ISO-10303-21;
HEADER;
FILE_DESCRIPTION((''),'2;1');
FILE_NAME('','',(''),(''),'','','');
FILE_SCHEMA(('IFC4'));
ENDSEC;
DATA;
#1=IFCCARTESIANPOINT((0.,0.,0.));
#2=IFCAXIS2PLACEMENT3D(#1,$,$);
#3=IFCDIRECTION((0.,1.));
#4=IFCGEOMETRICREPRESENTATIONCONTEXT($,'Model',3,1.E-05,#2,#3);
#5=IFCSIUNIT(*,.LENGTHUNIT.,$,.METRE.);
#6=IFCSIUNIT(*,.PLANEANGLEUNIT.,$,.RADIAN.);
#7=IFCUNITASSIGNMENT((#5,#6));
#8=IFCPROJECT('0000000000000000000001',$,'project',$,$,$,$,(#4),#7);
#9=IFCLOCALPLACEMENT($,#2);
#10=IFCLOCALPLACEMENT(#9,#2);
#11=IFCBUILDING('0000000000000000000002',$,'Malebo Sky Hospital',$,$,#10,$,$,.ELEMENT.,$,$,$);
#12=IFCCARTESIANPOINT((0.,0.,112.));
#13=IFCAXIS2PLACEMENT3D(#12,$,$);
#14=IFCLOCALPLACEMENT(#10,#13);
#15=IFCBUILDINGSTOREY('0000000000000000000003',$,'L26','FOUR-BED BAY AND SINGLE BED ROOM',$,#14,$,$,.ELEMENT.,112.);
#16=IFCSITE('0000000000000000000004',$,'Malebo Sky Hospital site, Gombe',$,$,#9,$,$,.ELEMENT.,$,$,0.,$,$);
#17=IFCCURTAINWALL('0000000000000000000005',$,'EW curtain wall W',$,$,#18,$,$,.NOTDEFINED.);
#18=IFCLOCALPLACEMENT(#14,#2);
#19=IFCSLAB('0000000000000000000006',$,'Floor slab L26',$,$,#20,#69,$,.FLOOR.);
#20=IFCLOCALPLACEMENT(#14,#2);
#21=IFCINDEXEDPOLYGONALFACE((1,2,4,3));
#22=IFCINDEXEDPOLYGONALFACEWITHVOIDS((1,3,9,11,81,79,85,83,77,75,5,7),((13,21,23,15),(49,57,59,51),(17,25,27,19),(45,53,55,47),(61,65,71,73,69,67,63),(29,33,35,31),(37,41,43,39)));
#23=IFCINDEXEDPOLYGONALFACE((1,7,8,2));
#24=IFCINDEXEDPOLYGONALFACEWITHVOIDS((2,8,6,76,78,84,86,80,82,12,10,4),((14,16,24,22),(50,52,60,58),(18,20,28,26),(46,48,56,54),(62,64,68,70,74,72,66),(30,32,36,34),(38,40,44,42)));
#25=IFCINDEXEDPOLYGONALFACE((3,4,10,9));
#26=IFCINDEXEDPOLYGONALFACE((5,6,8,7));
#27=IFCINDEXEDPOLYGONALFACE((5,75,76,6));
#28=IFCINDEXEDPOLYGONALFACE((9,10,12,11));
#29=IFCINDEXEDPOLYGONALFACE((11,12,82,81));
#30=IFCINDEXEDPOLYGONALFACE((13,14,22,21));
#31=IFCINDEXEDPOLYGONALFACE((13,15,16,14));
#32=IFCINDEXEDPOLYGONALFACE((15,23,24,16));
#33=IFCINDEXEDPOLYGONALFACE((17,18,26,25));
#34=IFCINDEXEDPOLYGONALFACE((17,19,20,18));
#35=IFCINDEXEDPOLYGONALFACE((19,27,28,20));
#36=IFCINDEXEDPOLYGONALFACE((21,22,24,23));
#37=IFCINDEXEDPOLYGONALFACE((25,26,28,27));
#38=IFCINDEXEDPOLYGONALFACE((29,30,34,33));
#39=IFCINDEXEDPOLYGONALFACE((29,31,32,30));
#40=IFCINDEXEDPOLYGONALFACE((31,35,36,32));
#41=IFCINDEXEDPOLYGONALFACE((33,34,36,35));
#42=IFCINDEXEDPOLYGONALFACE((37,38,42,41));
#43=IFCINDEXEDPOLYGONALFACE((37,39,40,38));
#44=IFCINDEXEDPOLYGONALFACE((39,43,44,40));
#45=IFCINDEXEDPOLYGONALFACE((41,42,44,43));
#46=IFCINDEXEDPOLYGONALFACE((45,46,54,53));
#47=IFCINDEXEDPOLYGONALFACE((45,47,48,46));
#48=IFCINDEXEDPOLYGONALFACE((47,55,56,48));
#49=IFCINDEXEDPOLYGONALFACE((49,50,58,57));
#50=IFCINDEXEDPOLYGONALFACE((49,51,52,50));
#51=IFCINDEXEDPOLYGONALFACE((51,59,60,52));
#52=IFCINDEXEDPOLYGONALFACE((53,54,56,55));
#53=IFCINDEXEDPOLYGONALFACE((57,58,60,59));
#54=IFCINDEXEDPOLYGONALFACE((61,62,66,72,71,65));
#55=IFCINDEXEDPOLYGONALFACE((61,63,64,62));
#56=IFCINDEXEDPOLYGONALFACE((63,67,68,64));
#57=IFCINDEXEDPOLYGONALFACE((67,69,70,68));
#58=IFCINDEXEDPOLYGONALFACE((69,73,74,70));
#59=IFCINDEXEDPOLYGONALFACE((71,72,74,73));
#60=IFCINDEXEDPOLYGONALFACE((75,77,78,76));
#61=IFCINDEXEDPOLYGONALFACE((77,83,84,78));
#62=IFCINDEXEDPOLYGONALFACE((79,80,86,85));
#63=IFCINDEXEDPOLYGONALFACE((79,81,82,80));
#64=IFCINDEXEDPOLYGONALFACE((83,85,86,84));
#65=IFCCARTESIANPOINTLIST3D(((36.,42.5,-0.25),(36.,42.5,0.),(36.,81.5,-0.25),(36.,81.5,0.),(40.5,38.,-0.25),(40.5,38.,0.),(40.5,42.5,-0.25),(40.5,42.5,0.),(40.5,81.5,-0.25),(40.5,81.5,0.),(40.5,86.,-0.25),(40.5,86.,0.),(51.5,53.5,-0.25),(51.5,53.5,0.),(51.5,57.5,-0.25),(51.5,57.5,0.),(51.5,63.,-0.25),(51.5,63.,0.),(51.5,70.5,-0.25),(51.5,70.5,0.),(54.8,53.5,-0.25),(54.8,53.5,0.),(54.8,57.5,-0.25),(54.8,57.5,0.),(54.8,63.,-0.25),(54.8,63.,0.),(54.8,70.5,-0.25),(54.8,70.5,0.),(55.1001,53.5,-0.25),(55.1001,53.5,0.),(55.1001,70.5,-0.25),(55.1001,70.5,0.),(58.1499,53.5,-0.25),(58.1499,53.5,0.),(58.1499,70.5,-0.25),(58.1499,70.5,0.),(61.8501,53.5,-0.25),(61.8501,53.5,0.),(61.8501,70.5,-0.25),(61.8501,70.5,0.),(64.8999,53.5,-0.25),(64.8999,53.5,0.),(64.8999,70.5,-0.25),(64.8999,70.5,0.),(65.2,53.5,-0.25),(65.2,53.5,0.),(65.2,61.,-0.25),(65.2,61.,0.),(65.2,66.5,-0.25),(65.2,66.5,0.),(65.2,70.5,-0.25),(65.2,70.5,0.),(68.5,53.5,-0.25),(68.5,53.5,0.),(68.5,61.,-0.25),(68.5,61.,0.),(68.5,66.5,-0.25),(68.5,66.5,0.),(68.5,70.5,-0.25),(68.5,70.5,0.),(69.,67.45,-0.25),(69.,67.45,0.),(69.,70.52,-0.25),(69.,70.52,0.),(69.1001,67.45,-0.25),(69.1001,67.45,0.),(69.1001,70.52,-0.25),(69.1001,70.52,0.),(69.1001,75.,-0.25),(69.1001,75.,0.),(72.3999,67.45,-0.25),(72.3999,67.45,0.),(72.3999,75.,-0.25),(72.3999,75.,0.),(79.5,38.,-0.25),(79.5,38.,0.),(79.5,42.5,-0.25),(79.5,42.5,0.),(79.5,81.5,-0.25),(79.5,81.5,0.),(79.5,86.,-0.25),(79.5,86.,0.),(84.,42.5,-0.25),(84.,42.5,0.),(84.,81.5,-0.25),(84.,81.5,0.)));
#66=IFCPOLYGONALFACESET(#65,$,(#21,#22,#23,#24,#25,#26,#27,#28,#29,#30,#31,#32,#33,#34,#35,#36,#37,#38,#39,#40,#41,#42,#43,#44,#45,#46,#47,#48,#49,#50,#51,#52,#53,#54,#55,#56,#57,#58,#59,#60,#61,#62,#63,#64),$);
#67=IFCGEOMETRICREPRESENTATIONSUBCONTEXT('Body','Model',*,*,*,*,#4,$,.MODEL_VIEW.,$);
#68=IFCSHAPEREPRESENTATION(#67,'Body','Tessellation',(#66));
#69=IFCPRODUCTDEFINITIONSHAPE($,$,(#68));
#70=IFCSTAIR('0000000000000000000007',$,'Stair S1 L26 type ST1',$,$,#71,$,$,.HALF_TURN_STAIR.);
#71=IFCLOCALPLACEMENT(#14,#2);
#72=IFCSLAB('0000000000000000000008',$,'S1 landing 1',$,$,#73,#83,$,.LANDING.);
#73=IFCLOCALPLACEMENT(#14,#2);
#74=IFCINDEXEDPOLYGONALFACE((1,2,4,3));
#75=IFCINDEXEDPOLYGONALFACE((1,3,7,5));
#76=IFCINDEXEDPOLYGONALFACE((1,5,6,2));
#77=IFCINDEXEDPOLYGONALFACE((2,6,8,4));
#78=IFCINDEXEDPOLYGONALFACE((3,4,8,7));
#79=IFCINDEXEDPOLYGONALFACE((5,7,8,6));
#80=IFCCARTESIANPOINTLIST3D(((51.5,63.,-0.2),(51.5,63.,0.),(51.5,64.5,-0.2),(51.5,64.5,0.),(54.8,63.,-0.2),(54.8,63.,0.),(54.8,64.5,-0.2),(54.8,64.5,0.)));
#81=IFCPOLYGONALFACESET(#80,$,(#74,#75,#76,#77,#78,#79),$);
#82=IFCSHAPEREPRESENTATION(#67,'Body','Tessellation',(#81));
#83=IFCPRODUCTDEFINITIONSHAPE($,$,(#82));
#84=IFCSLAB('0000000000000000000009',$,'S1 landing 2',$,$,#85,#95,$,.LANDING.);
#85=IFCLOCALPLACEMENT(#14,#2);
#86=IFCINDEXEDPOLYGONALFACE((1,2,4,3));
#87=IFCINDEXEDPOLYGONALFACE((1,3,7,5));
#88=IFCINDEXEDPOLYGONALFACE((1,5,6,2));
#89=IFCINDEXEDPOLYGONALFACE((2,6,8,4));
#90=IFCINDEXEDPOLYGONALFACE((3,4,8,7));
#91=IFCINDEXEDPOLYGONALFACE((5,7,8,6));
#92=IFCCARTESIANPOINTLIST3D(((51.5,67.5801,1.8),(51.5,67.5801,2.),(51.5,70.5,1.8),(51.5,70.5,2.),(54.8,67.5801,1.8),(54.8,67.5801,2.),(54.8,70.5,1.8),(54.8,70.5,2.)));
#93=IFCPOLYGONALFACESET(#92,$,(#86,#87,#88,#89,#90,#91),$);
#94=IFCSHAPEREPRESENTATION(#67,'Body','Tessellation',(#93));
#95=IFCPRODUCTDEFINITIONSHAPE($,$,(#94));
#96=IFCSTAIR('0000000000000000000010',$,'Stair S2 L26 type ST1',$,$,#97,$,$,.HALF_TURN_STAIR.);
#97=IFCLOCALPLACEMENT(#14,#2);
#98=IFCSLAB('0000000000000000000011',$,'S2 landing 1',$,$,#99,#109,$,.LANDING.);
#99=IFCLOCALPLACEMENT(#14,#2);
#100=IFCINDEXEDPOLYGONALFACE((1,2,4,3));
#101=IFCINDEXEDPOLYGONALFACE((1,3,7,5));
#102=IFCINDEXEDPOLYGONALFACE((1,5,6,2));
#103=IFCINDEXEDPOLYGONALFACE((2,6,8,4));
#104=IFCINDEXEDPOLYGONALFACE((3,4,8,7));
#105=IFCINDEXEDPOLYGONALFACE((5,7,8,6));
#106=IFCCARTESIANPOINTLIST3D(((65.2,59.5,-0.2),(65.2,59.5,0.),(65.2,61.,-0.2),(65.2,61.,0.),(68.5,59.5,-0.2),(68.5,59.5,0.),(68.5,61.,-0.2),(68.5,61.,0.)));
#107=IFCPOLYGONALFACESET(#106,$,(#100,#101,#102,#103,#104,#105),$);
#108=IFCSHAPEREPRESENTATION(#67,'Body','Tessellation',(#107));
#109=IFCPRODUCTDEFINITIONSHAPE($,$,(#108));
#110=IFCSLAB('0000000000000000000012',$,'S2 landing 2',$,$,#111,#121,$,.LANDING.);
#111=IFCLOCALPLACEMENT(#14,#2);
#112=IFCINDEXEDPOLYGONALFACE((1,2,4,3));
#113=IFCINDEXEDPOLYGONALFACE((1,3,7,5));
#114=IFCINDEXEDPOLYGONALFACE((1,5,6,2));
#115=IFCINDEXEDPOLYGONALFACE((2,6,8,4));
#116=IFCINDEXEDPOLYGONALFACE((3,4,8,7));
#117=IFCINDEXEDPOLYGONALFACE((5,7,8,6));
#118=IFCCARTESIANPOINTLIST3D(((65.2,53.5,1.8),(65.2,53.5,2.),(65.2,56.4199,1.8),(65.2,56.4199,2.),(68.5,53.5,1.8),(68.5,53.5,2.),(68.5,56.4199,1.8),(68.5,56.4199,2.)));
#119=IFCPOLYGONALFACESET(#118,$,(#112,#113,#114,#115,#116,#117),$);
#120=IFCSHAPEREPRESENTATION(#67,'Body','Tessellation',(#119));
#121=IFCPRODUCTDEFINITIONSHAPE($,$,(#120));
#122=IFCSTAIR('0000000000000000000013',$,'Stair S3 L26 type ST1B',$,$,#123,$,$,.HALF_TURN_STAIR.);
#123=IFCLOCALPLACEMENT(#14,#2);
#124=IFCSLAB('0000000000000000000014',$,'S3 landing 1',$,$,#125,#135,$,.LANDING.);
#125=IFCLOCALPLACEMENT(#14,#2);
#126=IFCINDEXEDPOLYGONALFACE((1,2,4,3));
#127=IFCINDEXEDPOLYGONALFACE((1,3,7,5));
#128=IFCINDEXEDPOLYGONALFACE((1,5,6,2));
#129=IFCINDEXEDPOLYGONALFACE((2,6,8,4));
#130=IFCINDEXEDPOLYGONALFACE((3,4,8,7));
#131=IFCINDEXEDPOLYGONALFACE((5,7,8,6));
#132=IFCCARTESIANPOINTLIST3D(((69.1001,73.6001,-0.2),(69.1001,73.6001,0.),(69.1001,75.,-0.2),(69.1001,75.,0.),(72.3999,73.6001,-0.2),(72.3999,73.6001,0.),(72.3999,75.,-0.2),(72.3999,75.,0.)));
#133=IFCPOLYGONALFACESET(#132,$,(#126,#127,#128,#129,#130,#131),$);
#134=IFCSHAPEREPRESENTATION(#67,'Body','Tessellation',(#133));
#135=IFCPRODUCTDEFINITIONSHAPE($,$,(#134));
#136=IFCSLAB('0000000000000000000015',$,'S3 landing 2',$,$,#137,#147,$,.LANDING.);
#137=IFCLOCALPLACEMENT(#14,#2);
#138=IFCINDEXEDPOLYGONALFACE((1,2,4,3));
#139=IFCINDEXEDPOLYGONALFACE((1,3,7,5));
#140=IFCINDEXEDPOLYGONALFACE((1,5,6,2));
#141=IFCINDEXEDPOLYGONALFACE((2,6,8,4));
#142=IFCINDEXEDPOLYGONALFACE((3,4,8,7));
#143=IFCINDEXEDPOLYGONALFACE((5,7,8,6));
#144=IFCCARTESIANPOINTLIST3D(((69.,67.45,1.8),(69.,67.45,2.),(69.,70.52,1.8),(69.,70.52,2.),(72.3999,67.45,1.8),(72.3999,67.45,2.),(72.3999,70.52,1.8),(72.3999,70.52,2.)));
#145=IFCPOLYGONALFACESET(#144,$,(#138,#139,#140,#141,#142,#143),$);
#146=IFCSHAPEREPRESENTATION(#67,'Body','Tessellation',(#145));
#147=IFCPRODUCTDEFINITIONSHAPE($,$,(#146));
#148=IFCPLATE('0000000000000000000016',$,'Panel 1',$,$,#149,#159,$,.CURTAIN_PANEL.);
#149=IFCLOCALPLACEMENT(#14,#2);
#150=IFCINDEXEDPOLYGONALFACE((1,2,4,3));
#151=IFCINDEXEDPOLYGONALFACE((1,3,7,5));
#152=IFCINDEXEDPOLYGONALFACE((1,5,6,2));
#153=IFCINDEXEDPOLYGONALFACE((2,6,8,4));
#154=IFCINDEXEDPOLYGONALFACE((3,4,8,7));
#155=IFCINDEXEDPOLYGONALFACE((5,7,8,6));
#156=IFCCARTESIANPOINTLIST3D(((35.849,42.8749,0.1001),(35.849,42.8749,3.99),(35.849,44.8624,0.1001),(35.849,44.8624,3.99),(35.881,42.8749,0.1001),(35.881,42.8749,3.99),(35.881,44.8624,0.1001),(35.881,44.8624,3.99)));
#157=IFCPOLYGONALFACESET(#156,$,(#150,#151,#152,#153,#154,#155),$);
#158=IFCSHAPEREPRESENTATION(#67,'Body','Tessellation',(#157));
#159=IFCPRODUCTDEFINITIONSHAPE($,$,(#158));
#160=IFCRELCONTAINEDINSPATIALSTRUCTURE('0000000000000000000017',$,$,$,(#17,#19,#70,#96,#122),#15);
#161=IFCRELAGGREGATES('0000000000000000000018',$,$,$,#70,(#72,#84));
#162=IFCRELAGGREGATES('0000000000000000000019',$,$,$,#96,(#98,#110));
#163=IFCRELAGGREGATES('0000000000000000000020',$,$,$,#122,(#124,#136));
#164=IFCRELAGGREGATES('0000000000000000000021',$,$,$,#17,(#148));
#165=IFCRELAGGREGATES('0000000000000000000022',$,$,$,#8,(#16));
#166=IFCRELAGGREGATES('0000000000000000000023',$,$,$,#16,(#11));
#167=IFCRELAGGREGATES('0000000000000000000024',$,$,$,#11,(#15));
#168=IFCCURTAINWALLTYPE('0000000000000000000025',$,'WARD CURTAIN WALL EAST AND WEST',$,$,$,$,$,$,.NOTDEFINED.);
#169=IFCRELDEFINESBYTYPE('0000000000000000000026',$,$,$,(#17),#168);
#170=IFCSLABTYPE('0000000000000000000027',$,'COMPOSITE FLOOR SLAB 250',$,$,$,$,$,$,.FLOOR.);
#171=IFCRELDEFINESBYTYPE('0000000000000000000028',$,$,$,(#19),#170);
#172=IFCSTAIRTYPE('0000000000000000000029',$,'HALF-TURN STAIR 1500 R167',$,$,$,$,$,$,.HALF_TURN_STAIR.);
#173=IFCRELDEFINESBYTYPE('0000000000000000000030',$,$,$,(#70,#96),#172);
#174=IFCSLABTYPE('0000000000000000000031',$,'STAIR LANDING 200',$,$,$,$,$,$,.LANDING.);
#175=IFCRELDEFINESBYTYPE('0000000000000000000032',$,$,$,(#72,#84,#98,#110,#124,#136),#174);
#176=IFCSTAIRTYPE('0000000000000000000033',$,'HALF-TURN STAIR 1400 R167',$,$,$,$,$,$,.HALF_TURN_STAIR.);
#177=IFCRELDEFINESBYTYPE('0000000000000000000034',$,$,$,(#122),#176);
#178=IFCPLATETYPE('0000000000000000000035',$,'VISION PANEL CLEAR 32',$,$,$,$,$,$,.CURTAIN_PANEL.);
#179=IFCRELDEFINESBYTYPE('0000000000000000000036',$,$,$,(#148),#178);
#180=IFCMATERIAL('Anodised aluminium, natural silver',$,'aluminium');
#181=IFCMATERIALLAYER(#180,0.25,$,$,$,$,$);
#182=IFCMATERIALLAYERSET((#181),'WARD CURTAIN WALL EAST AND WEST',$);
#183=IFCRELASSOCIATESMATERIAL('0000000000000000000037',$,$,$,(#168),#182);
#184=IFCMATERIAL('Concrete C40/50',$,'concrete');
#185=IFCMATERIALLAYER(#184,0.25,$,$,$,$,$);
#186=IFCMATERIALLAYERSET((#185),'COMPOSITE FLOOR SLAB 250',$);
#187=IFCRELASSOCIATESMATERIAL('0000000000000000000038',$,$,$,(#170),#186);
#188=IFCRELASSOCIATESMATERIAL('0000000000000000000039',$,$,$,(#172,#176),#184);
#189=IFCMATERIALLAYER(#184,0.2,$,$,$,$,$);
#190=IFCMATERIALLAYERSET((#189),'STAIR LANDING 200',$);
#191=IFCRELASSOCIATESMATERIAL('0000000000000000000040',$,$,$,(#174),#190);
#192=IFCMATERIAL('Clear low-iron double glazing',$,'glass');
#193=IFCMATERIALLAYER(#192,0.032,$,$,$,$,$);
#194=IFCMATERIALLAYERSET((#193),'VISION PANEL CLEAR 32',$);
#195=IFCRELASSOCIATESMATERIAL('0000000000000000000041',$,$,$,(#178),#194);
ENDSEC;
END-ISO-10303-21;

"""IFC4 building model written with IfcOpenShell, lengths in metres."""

from ifc_helpers import new_model, si_unit, direction, frame, origin, origin_2d, place, context, subcontext, project, spatial, polyline, rectangle, outline, extrude, material, layer, layer_set, type_object, element, aggregate, save


model = new_model("IFC4")

# Units and contexts
model_context = context("Model", 3, precision=1e-05, world=origin(), true_north=direction((0.0, 1.0)))
body_context = subcontext(model_context, "Body", "Model", "MODEL_VIEW")
ifc_project = project(units=[si_unit("LENGTHUNIT", "METRE"), si_unit("PLANEANGLEUNIT", "RADIAN")], contexts=[model_context])

# Site, building, storey
site_placement = place(None, origin())
site = spatial("IfcSite", under=ifc_project, at=site_placement, Name="Malebo Sky Hospital site, Gombe", CompositionType="ELEMENT", RefElevation=0.0)
building_placement = place(site_placement, origin())
building = spatial("IfcBuilding", under=site, at=building_placement, Name="Malebo Sky Hospital", CompositionType="ELEMENT")
storey_placement = place(building_placement, frame((0.0, 0.0, 112.0)))
storey = spatial("IfcBuildingStorey", under=building, at=storey_placement, Name="L26", Description="FOUR-BED BAY AND SINGLE BED ROOM", CompositionType="ELEMENT", Elevation=112.0)

# Curtain wall
ifc_material_1 = material(Name="Anodised aluminium, natural silver", Category="aluminium")
ifc_layer_1 = layer(ifc_material_1, 0.25)
ifc_layer_set_1 = layer_set([ifc_layer_1], Name="WARD CURTAIN WALL EAST AND WEST")
curtain_wall_type = type_object("IfcCurtainWallType", Name="WARD CURTAIN WALL EAST AND WEST", PredefinedType="NOTDEFINED", material=ifc_layer_set_1)
curtain_wall_placement = place(storey_placement, origin())
curtain_wall = element("IfcCurtainWall", 1, at=curtain_wall_placement, inside=storey, type_object=curtain_wall_type, Name="EW curtain wall W", PredefinedType="NOTDEFINED")

# Slab
ifc_material_2 = material(Name="Concrete C40/50", Category="concrete")
ifc_layer_2 = layer(ifc_material_2, 0.25)
ifc_layer_set_2 = layer_set([ifc_layer_2], Name="COMPOSITE FLOOR SLAB 250")
slab_type_1 = type_object("IfcSlabType", Name="COMPOSITE FLOOR SLAB 250", PredefinedType="FLOOR", material=ifc_layer_set_2)
slab_1_placement = place(storey_placement, frame((0.0, 0.0, -0.25)))
element("IfcSlab", 2, at=slab_1_placement, inside=storey, type_object=slab_type_1, Name="Floor slab L26", PredefinedType="FLOOR", context=body_context, shape_type="SweptSolid", body=[
    extrude(outline(polyline([(40.5, 86.0), (40.5, 81.5), (36.0, 81.5), (36.0, 42.5), (40.5, 42.5), (40.5, 38.0), (79.5, 38.0), (79.5, 42.5), (84.0, 42.5), (84.0, 81.5), (79.5, 81.5), (79.5, 86.0), (40.5, 86.0)]), holes=[polyline([(55.1001, 70.5), (58.1499, 70.5), (58.1499, 53.5), (55.1001, 53.5), (55.1001, 70.5)]), polyline([(64.8999, 70.5), (64.8999, 53.5), (61.8501, 53.5), (61.8501, 70.5), (64.8999, 70.5)]), polyline([(54.8, 63.0), (51.5, 63.0), (51.5, 70.5), (54.8, 70.5), (54.8, 63.0)]), polyline([(51.5, 53.5), (51.5, 57.5), (54.8, 57.5), (54.8, 53.5), (51.5, 53.5)]), polyline([(65.2, 61.0), (68.5, 61.0), (68.5, 53.5), (65.2, 53.5), (65.2, 61.0)]), polyline([(68.5, 70.5), (68.5, 66.5), (65.2, 66.5), (65.2, 70.5), (68.5, 70.5)]), polyline([(69.0, 67.45), (69.0, 70.52), (69.1001, 70.52), (69.1001, 75.0), (72.3999, 75.0), (72.3999, 67.45), (69.1001, 67.45), (69.0, 67.45)])]), origin(), (0.0, 0.0, 1.0), 0.25),
])

# Stairs, slabs
stair_type_1 = type_object("IfcStairType", Name="HALF-TURN STAIR 1500 R167", PredefinedType="HALF_TURN_STAIR", material=ifc_material_2)
stair_1_placement = place(storey_placement, origin())
stair_1 = element("IfcStair", 3, at=stair_1_placement, inside=storey, type_object=stair_type_1, Name="Stair S1 L26 type ST1", PredefinedType="HALF_TURN_STAIR")
ifc_layer_3 = layer(ifc_material_2, 0.2)
ifc_layer_set_3 = layer_set([ifc_layer_3], Name="STAIR LANDING 200")
slab_type_2 = type_object("IfcSlabType", Name="STAIR LANDING 200", PredefinedType="LANDING", material=ifc_layer_set_3)
slab_2_placement = place(storey_placement, frame((0.0, 0.0, -0.2)))
slab_2 = element("IfcSlab", 4, at=slab_2_placement, type_object=slab_type_2, Name="S1 landing 1", PredefinedType="LANDING", context=body_context, shape_type="SweptSolid", body=[
    extrude(outline(polyline([(51.5, 63.0), (54.8, 63.0), (54.8, 64.5), (51.5, 64.5), (51.5, 63.0)])), origin(), (0.0, 0.0, 1.0), 0.2),
])
slab_3_placement = place(storey_placement, frame((0.0, 0.0, 1.8)))
slab_3 = element("IfcSlab", 5, at=slab_3_placement, type_object=slab_type_2, Name="S1 landing 2", PredefinedType="LANDING", context=body_context, shape_type="SweptSolid", body=[
    extrude(outline(polyline([(51.5, 67.5801), (54.8, 67.5801), (54.8, 70.5), (51.5, 70.5), (51.5, 67.5801)])), origin(), (0.0, 0.0, 1.0), 0.2),
])
aggregate(stair_1, [slab_2, slab_3])
stair_2_placement = place(storey_placement, origin())
stair_2 = element("IfcStair", 6, at=stair_2_placement, inside=storey, type_object=stair_type_1, Name="Stair S2 L26 type ST1", PredefinedType="HALF_TURN_STAIR")
slab_4_placement = place(storey_placement, frame((0.0, 0.0, -0.2)))
slab_4 = element("IfcSlab", 7, at=slab_4_placement, type_object=slab_type_2, Name="S2 landing 1", PredefinedType="LANDING", context=body_context, shape_type="SweptSolid", body=[
    extrude(outline(polyline([(65.2, 59.5), (68.5, 59.5), (68.5, 61.0), (65.2, 61.0), (65.2, 59.5)])), origin(), (0.0, 0.0, 1.0), 0.2),
])
slab_5_placement = place(storey_placement, frame((0.0, 0.0, 1.8)))
slab_5 = element("IfcSlab", 8, at=slab_5_placement, type_object=slab_type_2, Name="S2 landing 2", PredefinedType="LANDING", context=body_context, shape_type="SweptSolid", body=[
    extrude(outline(polyline([(65.2, 53.5), (68.5, 53.5), (68.5, 56.4199), (65.2, 56.4199), (65.2, 53.5)])), origin(), (0.0, 0.0, 1.0), 0.2),
])
aggregate(stair_2, [slab_4, slab_5])
stair_type_2 = type_object("IfcStairType", Name="HALF-TURN STAIR 1400 R167", PredefinedType="HALF_TURN_STAIR", material=ifc_material_2)
stair_3_placement = place(storey_placement, origin())
stair_3 = element("IfcStair", 9, at=stair_3_placement, inside=storey, type_object=stair_type_2, Name="Stair S3 L26 type ST1B", PredefinedType="HALF_TURN_STAIR")
slab_6_placement = place(storey_placement, frame((0.0, 0.0, -0.2)))
slab_6 = element("IfcSlab", 10, at=slab_6_placement, type_object=slab_type_2, Name="S3 landing 1", PredefinedType="LANDING", context=body_context, shape_type="SweptSolid", body=[
    extrude(outline(polyline([(69.1001, 73.6001), (72.3999, 73.6001), (72.3999, 75.0), (69.1001, 75.0), (69.1001, 73.6001)])), origin(), (0.0, 0.0, 1.0), 0.2),
])
slab_7_placement = place(storey_placement, frame((0.0, 0.0, 1.8)))
slab_7 = element("IfcSlab", 11, at=slab_7_placement, type_object=slab_type_2, Name="S3 landing 2", PredefinedType="LANDING", context=body_context, shape_type="SweptSolid", body=[
    extrude(outline(polyline([(69.0, 67.45), (72.3999, 67.45), (72.3999, 70.52), (69.0, 70.52), (69.0, 67.45)])), origin(), (0.0, 0.0, 1.0), 0.2),
])
aggregate(stair_3, [slab_6, slab_7])

# Plate
ifc_material_3 = material(Name="Clear low-iron double glazing", Category="glass")
ifc_layer_4 = layer(ifc_material_3, 0.032)
ifc_layer_set_4 = layer_set([ifc_layer_4], Name="VISION PANEL CLEAR 32")
plate_type = type_object("IfcPlateType", Name="VISION PANEL CLEAR 32", PredefinedType="CURTAIN_PANEL", material=ifc_layer_set_4)
plate_placement = place(storey_placement, frame((35.865, 43.8687, 0.1001), z_axis=(0.0, 0.0, 1.0), x_axis=(0.0, 1.0, 0.0)))
plate = element("IfcPlate", 12, at=plate_placement, type_object=plate_type, Name="Panel 1", PredefinedType="CURTAIN_PANEL", context=body_context, shape_type="SweptSolid", body=[
    extrude(rectangle(XDim=1.9875, YDim=0.032, at=origin_2d()), origin(), (0.0, 0.0, 1.0), 3.8899),
])
aggregate(curtain_wall, [plate])

save(model, "model.ifc")
